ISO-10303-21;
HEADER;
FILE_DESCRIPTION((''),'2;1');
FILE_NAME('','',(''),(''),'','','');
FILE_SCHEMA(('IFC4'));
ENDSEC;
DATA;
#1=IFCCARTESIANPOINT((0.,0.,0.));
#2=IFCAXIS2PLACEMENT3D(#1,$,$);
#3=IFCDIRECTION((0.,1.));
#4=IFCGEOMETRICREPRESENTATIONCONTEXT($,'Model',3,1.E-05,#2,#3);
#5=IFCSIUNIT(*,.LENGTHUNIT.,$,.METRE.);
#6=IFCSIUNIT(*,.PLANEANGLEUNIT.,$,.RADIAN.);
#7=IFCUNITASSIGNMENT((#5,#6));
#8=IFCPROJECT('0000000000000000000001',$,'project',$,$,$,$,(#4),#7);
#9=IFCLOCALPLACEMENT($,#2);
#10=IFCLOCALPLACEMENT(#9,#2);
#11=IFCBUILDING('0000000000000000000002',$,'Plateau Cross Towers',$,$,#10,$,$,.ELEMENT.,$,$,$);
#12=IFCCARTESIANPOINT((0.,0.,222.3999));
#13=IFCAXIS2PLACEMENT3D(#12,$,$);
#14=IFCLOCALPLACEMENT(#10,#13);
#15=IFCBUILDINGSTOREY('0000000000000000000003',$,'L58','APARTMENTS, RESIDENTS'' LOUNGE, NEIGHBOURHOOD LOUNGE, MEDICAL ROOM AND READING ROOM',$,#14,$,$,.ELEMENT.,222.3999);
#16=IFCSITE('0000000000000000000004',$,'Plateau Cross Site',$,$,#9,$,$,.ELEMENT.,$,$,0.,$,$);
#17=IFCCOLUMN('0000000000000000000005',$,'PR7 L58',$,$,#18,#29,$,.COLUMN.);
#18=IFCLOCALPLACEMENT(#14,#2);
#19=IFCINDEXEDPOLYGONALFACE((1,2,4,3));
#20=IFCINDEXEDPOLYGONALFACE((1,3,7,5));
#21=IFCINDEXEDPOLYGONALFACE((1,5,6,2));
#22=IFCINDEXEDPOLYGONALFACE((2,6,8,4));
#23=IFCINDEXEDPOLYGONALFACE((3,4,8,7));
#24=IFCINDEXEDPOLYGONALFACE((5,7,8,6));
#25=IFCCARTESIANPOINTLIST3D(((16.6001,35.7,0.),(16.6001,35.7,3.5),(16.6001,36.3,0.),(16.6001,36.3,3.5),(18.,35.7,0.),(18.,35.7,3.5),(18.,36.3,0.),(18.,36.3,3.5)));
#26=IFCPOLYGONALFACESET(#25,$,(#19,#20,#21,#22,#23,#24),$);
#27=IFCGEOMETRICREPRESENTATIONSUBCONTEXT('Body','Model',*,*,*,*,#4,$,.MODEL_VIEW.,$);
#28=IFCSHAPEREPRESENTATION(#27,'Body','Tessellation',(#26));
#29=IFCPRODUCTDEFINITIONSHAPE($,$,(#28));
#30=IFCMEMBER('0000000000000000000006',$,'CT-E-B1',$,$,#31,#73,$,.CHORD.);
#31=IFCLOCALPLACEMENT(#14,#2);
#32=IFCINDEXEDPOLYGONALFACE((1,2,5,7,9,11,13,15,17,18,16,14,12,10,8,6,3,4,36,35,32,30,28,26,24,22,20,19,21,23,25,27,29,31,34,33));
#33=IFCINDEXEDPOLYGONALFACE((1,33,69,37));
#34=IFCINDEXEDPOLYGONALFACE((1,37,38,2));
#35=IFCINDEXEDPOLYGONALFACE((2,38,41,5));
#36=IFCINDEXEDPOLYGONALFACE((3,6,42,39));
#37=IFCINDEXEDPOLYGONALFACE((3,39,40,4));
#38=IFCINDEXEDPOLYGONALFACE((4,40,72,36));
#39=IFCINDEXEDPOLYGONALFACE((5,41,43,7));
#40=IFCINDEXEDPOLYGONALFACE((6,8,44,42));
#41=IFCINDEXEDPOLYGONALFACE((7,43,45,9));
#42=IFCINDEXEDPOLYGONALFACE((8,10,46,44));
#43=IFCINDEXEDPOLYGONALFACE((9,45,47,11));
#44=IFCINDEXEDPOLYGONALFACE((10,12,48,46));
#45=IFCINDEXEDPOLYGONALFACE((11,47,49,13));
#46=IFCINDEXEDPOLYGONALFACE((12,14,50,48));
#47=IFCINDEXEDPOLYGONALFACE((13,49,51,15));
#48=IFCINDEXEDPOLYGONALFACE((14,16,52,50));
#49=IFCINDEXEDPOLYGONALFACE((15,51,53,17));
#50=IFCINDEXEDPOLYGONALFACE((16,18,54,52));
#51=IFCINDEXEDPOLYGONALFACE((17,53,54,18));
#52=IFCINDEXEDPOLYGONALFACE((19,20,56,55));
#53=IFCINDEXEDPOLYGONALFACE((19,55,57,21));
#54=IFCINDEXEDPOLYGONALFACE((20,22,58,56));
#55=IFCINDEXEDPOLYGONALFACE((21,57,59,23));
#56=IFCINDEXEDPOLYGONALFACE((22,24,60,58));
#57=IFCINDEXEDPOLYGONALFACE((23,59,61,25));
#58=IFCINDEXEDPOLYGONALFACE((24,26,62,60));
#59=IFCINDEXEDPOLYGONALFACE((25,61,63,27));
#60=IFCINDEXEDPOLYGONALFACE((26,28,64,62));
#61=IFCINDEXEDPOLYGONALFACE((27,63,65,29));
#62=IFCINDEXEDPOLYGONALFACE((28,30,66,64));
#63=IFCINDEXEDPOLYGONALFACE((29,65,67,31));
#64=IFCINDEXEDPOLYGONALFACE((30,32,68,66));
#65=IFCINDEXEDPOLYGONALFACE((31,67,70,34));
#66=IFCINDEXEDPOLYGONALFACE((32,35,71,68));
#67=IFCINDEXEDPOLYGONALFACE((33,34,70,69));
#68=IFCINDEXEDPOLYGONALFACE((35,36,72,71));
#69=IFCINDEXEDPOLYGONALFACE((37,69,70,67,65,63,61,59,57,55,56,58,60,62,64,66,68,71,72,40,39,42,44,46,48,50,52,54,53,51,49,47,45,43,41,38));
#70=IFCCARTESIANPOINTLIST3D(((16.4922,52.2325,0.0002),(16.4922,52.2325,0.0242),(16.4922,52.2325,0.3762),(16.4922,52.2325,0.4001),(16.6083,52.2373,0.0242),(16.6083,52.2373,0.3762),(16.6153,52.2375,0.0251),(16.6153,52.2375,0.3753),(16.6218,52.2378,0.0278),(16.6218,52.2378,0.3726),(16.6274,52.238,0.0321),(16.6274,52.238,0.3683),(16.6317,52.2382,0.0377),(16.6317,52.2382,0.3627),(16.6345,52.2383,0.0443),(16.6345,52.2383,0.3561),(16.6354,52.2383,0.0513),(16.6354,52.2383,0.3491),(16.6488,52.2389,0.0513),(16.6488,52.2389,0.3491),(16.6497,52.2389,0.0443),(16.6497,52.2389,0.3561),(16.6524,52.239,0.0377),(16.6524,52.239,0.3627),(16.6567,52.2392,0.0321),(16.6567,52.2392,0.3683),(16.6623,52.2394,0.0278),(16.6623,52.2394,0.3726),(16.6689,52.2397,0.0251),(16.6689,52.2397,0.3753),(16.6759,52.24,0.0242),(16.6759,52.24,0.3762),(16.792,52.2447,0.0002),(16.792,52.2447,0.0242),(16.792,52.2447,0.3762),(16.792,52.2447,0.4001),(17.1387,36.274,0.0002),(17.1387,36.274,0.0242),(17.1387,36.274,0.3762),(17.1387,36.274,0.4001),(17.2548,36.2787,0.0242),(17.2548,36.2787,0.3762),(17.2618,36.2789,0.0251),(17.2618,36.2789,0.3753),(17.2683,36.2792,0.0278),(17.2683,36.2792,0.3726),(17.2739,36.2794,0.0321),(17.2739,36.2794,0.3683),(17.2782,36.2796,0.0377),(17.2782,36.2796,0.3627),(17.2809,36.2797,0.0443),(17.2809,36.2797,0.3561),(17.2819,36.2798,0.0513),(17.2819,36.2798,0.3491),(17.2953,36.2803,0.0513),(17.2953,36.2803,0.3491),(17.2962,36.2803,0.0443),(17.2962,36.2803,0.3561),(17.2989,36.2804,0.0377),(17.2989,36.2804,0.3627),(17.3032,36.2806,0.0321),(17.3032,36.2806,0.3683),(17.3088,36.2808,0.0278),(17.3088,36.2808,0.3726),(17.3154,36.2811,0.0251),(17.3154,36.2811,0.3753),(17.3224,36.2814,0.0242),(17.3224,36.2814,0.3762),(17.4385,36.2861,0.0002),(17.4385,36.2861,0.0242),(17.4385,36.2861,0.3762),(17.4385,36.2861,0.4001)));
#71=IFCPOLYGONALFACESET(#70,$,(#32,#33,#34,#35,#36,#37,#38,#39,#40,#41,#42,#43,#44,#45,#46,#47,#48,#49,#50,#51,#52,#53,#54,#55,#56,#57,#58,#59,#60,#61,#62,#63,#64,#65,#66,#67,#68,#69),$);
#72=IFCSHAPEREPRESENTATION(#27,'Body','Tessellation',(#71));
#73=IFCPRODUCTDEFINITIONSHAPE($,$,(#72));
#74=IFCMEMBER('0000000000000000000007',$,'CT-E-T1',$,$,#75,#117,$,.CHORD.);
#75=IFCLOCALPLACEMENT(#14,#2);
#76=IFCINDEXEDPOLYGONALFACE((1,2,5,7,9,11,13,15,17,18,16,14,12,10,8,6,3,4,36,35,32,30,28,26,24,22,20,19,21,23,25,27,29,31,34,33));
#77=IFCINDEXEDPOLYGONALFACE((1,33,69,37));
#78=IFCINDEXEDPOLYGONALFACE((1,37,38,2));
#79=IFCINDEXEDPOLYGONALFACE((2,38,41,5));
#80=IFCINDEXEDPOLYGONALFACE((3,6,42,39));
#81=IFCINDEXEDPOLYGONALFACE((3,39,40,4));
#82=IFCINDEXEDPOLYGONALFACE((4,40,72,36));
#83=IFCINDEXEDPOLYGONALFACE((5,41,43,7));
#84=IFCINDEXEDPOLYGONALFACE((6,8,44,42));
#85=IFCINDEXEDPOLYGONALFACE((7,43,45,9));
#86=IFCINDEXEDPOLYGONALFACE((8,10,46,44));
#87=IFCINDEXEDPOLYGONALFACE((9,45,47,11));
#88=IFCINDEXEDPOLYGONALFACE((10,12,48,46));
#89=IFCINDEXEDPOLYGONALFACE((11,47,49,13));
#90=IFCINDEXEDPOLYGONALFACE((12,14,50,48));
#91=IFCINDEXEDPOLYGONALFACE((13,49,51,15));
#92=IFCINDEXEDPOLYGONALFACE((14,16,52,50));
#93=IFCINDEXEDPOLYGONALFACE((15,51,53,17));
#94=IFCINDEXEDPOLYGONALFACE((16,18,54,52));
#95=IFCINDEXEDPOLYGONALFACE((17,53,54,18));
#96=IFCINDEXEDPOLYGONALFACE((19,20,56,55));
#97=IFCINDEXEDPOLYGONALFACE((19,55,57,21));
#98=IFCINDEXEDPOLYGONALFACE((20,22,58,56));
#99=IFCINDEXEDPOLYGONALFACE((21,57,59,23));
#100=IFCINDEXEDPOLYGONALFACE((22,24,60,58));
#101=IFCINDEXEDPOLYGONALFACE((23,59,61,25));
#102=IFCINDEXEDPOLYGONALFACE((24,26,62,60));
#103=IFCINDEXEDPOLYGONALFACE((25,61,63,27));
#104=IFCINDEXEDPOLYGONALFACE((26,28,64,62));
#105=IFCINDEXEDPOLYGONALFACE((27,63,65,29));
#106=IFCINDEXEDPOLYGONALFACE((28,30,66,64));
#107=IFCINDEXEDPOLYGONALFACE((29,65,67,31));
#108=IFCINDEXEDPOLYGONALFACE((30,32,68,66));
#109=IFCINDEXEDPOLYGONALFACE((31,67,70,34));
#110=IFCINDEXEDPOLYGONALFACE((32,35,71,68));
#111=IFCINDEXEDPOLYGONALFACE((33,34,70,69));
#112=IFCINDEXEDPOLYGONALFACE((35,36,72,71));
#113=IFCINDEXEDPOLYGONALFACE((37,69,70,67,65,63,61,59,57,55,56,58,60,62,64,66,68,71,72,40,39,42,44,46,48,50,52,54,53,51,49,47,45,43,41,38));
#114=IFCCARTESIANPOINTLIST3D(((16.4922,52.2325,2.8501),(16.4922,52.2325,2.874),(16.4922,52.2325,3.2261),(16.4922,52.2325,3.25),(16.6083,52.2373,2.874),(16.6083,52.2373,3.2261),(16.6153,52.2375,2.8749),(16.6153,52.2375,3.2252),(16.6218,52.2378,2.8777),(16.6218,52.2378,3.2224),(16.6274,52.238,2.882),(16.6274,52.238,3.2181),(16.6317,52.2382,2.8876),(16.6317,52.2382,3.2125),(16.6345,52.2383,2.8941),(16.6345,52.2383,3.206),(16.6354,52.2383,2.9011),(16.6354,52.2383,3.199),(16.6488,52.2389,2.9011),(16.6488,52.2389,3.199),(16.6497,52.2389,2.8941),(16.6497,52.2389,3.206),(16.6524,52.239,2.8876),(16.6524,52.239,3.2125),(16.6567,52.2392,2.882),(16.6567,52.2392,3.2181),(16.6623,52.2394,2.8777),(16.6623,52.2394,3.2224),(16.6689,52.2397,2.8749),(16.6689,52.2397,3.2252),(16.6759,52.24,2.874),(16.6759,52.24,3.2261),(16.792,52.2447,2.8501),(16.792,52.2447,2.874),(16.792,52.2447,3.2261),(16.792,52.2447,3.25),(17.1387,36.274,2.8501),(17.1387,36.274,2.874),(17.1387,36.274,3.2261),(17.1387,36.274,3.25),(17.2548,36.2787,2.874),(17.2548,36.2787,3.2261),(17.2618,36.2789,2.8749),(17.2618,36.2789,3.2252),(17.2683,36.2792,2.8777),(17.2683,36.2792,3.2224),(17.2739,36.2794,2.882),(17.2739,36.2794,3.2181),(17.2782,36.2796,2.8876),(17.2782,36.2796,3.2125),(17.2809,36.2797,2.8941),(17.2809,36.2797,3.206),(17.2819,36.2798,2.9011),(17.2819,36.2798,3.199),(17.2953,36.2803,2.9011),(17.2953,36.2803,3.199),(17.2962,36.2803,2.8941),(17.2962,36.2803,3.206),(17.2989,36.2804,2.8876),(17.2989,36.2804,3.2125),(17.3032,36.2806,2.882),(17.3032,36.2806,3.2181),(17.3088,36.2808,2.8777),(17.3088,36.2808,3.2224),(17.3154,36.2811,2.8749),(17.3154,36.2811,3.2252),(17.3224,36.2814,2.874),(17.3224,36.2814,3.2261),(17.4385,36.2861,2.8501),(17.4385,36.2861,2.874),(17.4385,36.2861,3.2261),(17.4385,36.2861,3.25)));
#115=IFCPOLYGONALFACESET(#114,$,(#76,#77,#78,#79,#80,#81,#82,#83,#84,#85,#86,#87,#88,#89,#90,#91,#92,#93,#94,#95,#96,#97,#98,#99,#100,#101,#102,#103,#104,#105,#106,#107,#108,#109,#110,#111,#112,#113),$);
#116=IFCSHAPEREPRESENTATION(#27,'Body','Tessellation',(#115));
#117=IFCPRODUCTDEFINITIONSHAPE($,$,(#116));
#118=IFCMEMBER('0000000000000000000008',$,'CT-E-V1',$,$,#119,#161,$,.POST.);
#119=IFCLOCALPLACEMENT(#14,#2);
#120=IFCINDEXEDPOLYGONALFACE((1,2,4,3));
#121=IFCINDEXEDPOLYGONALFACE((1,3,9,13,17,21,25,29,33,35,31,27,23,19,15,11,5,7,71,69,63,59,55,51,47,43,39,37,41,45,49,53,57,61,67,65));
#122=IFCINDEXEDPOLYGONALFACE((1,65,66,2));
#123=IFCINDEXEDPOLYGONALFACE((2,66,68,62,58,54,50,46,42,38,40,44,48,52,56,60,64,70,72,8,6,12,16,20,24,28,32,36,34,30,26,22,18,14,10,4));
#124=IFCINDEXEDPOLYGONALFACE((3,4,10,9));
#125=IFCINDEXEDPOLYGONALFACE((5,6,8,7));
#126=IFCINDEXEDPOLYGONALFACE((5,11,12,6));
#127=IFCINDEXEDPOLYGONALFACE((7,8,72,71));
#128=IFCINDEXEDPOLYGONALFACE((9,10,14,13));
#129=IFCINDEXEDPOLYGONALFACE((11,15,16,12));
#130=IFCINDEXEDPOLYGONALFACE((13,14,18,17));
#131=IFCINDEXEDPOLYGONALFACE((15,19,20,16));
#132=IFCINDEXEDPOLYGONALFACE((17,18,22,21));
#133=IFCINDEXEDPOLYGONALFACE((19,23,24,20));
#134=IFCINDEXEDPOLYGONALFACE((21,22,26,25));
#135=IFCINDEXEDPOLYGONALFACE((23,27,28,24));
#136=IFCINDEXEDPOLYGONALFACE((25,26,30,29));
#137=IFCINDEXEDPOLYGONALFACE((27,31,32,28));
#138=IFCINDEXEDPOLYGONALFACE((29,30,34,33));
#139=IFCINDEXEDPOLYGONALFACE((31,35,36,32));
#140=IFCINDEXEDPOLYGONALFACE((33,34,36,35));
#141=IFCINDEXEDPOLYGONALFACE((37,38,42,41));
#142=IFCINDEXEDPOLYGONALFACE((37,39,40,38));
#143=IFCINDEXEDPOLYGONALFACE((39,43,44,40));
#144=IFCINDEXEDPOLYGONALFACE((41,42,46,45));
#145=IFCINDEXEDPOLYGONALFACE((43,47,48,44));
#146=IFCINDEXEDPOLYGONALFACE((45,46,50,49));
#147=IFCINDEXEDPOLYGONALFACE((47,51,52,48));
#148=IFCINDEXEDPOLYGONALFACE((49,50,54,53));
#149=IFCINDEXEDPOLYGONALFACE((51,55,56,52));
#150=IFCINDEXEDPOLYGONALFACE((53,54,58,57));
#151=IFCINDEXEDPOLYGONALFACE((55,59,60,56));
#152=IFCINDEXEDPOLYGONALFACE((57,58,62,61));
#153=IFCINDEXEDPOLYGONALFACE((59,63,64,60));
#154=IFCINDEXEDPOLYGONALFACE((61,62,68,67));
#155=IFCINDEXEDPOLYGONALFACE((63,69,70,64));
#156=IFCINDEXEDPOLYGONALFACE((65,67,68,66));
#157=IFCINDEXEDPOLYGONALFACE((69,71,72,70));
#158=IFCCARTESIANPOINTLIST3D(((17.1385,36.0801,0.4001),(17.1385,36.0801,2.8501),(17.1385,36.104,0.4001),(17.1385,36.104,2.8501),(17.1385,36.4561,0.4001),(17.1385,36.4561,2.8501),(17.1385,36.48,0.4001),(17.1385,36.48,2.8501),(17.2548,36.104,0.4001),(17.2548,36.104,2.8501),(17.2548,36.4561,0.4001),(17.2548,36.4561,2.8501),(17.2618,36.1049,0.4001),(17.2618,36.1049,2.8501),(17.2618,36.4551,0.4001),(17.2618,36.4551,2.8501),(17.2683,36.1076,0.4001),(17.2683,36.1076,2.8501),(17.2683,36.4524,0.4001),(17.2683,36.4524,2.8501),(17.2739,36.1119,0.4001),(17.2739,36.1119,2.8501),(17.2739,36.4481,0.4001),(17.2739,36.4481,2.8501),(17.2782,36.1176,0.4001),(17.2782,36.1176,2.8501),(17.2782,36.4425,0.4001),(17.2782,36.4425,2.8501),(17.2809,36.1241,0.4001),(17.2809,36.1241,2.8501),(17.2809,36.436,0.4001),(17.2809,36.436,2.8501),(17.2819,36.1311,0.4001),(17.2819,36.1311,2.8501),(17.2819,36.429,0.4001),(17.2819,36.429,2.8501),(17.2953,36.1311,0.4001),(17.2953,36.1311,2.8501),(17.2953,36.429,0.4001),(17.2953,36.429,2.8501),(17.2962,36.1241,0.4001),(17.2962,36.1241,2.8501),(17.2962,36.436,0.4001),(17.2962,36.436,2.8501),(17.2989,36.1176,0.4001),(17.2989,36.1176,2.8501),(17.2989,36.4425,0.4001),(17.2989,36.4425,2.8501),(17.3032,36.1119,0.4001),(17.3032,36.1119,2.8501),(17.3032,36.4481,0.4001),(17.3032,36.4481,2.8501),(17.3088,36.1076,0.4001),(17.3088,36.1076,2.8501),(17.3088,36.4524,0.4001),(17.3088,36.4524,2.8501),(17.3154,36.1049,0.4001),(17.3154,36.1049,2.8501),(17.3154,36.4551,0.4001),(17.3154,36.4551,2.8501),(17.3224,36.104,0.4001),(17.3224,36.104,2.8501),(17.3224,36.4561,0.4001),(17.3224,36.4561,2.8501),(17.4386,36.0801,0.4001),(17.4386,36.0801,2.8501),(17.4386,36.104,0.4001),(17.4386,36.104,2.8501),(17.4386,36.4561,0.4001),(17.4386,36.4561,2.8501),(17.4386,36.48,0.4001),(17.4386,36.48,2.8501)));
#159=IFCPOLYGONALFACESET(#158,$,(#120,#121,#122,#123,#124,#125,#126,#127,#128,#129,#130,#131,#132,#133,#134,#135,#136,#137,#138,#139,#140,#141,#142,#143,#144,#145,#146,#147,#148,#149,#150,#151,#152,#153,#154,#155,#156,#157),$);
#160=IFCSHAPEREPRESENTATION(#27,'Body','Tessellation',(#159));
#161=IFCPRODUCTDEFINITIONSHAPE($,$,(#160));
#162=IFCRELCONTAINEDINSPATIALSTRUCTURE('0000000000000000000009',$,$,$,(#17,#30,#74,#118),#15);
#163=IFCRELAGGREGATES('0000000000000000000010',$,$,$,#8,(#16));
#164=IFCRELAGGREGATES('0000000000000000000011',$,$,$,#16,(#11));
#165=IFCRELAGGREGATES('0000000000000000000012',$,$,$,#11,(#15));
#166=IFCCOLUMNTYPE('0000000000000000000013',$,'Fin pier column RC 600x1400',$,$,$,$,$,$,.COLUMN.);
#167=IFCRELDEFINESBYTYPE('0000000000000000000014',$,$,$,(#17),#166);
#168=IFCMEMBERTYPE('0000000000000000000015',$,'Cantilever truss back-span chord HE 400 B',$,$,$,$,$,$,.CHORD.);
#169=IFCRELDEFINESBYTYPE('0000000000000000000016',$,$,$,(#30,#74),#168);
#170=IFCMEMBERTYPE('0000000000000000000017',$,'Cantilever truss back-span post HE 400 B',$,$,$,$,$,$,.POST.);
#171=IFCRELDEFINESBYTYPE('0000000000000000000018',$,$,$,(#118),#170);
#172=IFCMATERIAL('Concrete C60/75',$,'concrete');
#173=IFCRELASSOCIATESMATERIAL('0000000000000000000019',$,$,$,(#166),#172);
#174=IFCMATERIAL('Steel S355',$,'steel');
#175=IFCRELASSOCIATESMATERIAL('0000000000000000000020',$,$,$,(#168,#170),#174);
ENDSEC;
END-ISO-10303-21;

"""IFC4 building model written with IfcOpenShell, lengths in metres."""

from ifc_helpers import new_model, si_unit, direction, frame, origin, origin_2d, place, context, subcontext, project, spatial, rectangle, i_section, extrude, material, material_profile, profile_set, type_object, element, save


model = new_model("IFC4")

# Units and contexts
model_context = context("Model", 3, precision=1e-05, world=origin(), true_north=direction((0.0, 1.0)))
body_context = subcontext(model_context, "Body", "Model", "MODEL_VIEW")
ifc_project = project(units=[si_unit("LENGTHUNIT", "METRE"), si_unit("PLANEANGLEUNIT", "RADIAN")], contexts=[model_context])

# Site, building, storey
site_placement = place(None, origin())
site = spatial("IfcSite", under=ifc_project, at=site_placement, Name="Plateau Cross Site", CompositionType="ELEMENT", RefElevation=0.0)
building_placement = place(site_placement, origin())
building = spatial("IfcBuilding", under=site, at=building_placement, Name="Plateau Cross Towers", CompositionType="ELEMENT")
storey_placement = place(building_placement, frame((0.0, 0.0, 222.3999)))
storey = spatial("IfcBuildingStorey", under=building, at=storey_placement, Name="L58", Description="APARTMENTS, RESIDENTS' LOUNGE, NEIGHBOURHOOD LOUNGE, MEDICAL ROOM AND READING ROOM", CompositionType="ELEMENT", Elevation=222.3999)

# Column
ifc_material_1 = material(Name="Concrete C60/75", Category="concrete")
ifc_material_profile_1 = material_profile(ifc_material_1, rectangle(XDim=0.6001, YDim=1.3999, at=origin_2d()), Name="RC 600x1400")
ifc_profile_set_1 = profile_set([ifc_material_profile_1], Name="Concrete C60/75")
column_type = type_object("IfcColumnType", Name="Fin pier column RC 600x1400", PredefinedType="COLUMN", material=ifc_profile_set_1)
column_placement = place(storey_placement, frame((17.3, 36.0, 0.0), z_axis=(0.0, 0.0, 1.0), x_axis=(0.0, 1.0, 0.0)))
element("IfcColumn", 1, at=column_placement, inside=storey, type_object=column_type, Name="PR7 L58", PredefinedType="COLUMN", context=body_context, shape_type="SweptSolid", body=[
    extrude(rectangle(XDim=0.6001, YDim=1.3999, at=origin_2d()), origin(), (0.0, 0.0, 1.0), 3.5),
])

# Members
ifc_material_2 = material(Name="Steel S355", Category="steel")
ifc_material_profile_2 = material_profile(ifc_material_2, i_section(OverallWidth=0.3, OverallDepth=0.3999, WebThickness=0.0134, FlangeThickness=0.0239, FilletRadius=0.0271, at=origin_2d()), Name="HE 400 B")
ifc_profile_set_2 = profile_set([ifc_material_profile_2], Name="Steel S355")
member_type_1 = type_object("IfcMemberType", Name="Cantilever truss back-span chord HE 400 B", PredefinedType="CHORD", material=ifc_profile_set_2)
for number, where, z_axis, x_axis, name in (
    (2, (17.2886, 36.28, 0.2002), (-0.040477, 0.99918, 0.0), (-0.99918, -0.040477, 0.0), "CT-E-B1"),
    (3, (17.2886, 36.28, 3.05), (-0.040477, 0.99918, 0.0), (-0.99918, -0.040477, 0.0), "CT-E-T1"),
):
    element("IfcMember", number, at=place(storey_placement, frame(where, z_axis=z_axis, x_axis=x_axis)), inside=storey, type_object=member_type_1, Name=name, PredefinedType="CHORD", context=body_context, shape_type="SweptSolid", body=[
        extrude(i_section(OverallWidth=0.3, OverallDepth=0.3999, WebThickness=0.0134, FlangeThickness=0.0239, FilletRadius=0.0271, at=origin_2d()), origin(), (0.0, 0.0, 1.0), 15.9717),
    ])
ifc_material_profile_3 = material_profile(ifc_material_2, i_section(OverallWidth=0.3, OverallDepth=0.3999, WebThickness=0.0134, FlangeThickness=0.0239, FilletRadius=0.0271, at=origin_2d()), Name="HE 400 B")
ifc_profile_set_3 = profile_set([ifc_material_profile_3], Name="Steel S355")
member_type_2 = type_object("IfcMemberType", Name="Cantilever truss back-span post HE 400 B", PredefinedType="POST", material=ifc_profile_set_3)
for number, where, z_axis, x_axis, name in (
    (4, (17.2886, 36.28, 0.4001), (0.0, 0.0, 1.0), (1.0, 0.0, 0.0), "CT-E-V1"),
):
    element("IfcMember", number, at=place(storey_placement, frame(where, z_axis=z_axis, x_axis=x_axis)), inside=storey, type_object=member_type_2, Name=name, PredefinedType="POST", context=body_context, shape_type="SweptSolid", body=[
        extrude(i_section(OverallWidth=0.3, OverallDepth=0.3999, WebThickness=0.0134, FlangeThickness=0.0239, FilletRadius=0.0271, at=origin_2d()), origin(), (0.0, 0.0, 1.0), 2.45),
    ])

save(model, "model.ifc")
